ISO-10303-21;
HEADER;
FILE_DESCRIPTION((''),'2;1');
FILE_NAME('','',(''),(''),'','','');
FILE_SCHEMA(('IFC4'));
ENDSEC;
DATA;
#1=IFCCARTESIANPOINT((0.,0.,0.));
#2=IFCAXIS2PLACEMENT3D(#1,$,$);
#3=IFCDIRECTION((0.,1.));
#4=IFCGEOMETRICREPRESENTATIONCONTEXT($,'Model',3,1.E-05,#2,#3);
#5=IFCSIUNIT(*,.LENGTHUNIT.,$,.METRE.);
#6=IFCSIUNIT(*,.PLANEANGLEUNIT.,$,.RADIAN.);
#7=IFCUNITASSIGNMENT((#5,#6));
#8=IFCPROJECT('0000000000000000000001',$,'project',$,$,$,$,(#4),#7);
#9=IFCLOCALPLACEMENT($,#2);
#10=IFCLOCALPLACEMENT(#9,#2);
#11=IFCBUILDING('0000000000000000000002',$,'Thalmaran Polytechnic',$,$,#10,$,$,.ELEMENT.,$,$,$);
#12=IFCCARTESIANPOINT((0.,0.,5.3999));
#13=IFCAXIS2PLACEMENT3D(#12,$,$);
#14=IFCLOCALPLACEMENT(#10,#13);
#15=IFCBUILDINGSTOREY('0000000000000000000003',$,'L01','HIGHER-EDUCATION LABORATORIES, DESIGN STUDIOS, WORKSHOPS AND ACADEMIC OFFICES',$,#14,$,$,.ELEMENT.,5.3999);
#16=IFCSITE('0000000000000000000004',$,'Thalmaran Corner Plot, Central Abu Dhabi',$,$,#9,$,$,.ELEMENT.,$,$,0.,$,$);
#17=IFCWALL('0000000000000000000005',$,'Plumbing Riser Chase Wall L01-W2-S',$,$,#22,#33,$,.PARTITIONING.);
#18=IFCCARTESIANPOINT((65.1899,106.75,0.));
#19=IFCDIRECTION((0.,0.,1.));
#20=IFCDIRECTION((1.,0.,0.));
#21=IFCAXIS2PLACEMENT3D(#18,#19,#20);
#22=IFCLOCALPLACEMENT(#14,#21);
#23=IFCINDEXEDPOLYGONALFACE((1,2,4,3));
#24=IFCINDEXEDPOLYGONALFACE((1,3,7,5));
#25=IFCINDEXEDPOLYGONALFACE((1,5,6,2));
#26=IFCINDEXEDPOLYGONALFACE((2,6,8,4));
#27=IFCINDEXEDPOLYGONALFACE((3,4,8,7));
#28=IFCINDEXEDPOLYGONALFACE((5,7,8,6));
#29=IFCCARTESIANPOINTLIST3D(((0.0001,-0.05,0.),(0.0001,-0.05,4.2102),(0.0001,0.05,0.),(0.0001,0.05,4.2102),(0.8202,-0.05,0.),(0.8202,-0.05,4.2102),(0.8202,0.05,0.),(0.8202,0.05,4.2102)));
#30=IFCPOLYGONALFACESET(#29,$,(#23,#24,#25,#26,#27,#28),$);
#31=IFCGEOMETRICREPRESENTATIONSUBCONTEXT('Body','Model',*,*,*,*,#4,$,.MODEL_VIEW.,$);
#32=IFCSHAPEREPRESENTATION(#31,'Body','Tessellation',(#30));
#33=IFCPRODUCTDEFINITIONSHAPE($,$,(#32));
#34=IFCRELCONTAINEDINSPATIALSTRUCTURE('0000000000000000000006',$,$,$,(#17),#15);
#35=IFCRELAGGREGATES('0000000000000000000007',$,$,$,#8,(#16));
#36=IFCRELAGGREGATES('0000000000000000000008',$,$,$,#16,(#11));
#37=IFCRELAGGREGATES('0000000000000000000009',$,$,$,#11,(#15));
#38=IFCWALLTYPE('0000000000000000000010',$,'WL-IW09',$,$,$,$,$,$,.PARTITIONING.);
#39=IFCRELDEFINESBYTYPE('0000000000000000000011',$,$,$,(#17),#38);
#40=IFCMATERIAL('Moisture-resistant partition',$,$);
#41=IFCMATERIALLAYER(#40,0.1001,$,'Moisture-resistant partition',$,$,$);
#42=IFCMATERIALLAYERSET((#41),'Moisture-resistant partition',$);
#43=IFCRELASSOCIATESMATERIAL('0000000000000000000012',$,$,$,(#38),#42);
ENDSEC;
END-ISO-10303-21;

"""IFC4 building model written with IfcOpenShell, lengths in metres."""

from ifc_helpers import new_model, si_unit, direction, frame, frame_2d, origin, place, context, subcontext, project, spatial, rectangle, extrude, material, layer, layer_set, type_object, element, save


model = new_model("IFC4")

# Units and contexts
model_context = context("Model", 3, precision=1e-05, world=origin(), true_north=direction((0.0, 1.0)))
body_context = subcontext(model_context, "Body", "Model", "MODEL_VIEW")
ifc_project = project(units=[si_unit("LENGTHUNIT", "METRE"), si_unit("PLANEANGLEUNIT", "RADIAN")], contexts=[model_context])

# Site, building, storey
site_placement = place(None, origin())
site = spatial("IfcSite", under=ifc_project, at=site_placement, Name="Thalmaran Corner Plot, Central Abu Dhabi", CompositionType="ELEMENT", RefElevation=0.0)
building_placement = place(site_placement, origin())
building = spatial("IfcBuilding", under=site, at=building_placement, Name="Thalmaran Polytechnic", CompositionType="ELEMENT")
storey_placement = place(building_placement, frame((0.0, 0.0, 5.3999)))
storey = spatial("IfcBuildingStorey", under=building, at=storey_placement, Name="L01", Description="HIGHER-EDUCATION LABORATORIES, DESIGN STUDIOS, WORKSHOPS AND ACADEMIC OFFICES", CompositionType="ELEMENT", Elevation=5.3999)

# Wall
ifc_material_1 = material(Name="Moisture-resistant partition")
ifc_layer_1 = layer(ifc_material_1, 0.1001, Name="Moisture-resistant partition")
ifc_layer_set_1 = layer_set([ifc_layer_1], Name="Moisture-resistant partition")
wall_type_1 = type_object("IfcWallType", Name="WL-IW09", PredefinedType="PARTITIONING", material=ifc_layer_set_1)
wall_1_placement = place(storey_placement, frame((65.1899, 106.75, 0.0), z_axis=(0.0, 0.0, 1.0), x_axis=(1.0, 0.0, 0.0)))
element("IfcWall", 1, at=wall_1_placement, inside=storey, type_object=wall_type_1, Name="Plumbing Riser Chase Wall L01-W2-S", PredefinedType="PARTITIONING", context=body_context, shape_type="SweptSolid", body=[
    extrude(rectangle(XDim=0.8201, YDim=0.1001, at=frame_2d((0.4102, 0.0))), origin(), (0.0, 0.0, 1.0), 4.2102),
])

save(model, "model.ifc")
